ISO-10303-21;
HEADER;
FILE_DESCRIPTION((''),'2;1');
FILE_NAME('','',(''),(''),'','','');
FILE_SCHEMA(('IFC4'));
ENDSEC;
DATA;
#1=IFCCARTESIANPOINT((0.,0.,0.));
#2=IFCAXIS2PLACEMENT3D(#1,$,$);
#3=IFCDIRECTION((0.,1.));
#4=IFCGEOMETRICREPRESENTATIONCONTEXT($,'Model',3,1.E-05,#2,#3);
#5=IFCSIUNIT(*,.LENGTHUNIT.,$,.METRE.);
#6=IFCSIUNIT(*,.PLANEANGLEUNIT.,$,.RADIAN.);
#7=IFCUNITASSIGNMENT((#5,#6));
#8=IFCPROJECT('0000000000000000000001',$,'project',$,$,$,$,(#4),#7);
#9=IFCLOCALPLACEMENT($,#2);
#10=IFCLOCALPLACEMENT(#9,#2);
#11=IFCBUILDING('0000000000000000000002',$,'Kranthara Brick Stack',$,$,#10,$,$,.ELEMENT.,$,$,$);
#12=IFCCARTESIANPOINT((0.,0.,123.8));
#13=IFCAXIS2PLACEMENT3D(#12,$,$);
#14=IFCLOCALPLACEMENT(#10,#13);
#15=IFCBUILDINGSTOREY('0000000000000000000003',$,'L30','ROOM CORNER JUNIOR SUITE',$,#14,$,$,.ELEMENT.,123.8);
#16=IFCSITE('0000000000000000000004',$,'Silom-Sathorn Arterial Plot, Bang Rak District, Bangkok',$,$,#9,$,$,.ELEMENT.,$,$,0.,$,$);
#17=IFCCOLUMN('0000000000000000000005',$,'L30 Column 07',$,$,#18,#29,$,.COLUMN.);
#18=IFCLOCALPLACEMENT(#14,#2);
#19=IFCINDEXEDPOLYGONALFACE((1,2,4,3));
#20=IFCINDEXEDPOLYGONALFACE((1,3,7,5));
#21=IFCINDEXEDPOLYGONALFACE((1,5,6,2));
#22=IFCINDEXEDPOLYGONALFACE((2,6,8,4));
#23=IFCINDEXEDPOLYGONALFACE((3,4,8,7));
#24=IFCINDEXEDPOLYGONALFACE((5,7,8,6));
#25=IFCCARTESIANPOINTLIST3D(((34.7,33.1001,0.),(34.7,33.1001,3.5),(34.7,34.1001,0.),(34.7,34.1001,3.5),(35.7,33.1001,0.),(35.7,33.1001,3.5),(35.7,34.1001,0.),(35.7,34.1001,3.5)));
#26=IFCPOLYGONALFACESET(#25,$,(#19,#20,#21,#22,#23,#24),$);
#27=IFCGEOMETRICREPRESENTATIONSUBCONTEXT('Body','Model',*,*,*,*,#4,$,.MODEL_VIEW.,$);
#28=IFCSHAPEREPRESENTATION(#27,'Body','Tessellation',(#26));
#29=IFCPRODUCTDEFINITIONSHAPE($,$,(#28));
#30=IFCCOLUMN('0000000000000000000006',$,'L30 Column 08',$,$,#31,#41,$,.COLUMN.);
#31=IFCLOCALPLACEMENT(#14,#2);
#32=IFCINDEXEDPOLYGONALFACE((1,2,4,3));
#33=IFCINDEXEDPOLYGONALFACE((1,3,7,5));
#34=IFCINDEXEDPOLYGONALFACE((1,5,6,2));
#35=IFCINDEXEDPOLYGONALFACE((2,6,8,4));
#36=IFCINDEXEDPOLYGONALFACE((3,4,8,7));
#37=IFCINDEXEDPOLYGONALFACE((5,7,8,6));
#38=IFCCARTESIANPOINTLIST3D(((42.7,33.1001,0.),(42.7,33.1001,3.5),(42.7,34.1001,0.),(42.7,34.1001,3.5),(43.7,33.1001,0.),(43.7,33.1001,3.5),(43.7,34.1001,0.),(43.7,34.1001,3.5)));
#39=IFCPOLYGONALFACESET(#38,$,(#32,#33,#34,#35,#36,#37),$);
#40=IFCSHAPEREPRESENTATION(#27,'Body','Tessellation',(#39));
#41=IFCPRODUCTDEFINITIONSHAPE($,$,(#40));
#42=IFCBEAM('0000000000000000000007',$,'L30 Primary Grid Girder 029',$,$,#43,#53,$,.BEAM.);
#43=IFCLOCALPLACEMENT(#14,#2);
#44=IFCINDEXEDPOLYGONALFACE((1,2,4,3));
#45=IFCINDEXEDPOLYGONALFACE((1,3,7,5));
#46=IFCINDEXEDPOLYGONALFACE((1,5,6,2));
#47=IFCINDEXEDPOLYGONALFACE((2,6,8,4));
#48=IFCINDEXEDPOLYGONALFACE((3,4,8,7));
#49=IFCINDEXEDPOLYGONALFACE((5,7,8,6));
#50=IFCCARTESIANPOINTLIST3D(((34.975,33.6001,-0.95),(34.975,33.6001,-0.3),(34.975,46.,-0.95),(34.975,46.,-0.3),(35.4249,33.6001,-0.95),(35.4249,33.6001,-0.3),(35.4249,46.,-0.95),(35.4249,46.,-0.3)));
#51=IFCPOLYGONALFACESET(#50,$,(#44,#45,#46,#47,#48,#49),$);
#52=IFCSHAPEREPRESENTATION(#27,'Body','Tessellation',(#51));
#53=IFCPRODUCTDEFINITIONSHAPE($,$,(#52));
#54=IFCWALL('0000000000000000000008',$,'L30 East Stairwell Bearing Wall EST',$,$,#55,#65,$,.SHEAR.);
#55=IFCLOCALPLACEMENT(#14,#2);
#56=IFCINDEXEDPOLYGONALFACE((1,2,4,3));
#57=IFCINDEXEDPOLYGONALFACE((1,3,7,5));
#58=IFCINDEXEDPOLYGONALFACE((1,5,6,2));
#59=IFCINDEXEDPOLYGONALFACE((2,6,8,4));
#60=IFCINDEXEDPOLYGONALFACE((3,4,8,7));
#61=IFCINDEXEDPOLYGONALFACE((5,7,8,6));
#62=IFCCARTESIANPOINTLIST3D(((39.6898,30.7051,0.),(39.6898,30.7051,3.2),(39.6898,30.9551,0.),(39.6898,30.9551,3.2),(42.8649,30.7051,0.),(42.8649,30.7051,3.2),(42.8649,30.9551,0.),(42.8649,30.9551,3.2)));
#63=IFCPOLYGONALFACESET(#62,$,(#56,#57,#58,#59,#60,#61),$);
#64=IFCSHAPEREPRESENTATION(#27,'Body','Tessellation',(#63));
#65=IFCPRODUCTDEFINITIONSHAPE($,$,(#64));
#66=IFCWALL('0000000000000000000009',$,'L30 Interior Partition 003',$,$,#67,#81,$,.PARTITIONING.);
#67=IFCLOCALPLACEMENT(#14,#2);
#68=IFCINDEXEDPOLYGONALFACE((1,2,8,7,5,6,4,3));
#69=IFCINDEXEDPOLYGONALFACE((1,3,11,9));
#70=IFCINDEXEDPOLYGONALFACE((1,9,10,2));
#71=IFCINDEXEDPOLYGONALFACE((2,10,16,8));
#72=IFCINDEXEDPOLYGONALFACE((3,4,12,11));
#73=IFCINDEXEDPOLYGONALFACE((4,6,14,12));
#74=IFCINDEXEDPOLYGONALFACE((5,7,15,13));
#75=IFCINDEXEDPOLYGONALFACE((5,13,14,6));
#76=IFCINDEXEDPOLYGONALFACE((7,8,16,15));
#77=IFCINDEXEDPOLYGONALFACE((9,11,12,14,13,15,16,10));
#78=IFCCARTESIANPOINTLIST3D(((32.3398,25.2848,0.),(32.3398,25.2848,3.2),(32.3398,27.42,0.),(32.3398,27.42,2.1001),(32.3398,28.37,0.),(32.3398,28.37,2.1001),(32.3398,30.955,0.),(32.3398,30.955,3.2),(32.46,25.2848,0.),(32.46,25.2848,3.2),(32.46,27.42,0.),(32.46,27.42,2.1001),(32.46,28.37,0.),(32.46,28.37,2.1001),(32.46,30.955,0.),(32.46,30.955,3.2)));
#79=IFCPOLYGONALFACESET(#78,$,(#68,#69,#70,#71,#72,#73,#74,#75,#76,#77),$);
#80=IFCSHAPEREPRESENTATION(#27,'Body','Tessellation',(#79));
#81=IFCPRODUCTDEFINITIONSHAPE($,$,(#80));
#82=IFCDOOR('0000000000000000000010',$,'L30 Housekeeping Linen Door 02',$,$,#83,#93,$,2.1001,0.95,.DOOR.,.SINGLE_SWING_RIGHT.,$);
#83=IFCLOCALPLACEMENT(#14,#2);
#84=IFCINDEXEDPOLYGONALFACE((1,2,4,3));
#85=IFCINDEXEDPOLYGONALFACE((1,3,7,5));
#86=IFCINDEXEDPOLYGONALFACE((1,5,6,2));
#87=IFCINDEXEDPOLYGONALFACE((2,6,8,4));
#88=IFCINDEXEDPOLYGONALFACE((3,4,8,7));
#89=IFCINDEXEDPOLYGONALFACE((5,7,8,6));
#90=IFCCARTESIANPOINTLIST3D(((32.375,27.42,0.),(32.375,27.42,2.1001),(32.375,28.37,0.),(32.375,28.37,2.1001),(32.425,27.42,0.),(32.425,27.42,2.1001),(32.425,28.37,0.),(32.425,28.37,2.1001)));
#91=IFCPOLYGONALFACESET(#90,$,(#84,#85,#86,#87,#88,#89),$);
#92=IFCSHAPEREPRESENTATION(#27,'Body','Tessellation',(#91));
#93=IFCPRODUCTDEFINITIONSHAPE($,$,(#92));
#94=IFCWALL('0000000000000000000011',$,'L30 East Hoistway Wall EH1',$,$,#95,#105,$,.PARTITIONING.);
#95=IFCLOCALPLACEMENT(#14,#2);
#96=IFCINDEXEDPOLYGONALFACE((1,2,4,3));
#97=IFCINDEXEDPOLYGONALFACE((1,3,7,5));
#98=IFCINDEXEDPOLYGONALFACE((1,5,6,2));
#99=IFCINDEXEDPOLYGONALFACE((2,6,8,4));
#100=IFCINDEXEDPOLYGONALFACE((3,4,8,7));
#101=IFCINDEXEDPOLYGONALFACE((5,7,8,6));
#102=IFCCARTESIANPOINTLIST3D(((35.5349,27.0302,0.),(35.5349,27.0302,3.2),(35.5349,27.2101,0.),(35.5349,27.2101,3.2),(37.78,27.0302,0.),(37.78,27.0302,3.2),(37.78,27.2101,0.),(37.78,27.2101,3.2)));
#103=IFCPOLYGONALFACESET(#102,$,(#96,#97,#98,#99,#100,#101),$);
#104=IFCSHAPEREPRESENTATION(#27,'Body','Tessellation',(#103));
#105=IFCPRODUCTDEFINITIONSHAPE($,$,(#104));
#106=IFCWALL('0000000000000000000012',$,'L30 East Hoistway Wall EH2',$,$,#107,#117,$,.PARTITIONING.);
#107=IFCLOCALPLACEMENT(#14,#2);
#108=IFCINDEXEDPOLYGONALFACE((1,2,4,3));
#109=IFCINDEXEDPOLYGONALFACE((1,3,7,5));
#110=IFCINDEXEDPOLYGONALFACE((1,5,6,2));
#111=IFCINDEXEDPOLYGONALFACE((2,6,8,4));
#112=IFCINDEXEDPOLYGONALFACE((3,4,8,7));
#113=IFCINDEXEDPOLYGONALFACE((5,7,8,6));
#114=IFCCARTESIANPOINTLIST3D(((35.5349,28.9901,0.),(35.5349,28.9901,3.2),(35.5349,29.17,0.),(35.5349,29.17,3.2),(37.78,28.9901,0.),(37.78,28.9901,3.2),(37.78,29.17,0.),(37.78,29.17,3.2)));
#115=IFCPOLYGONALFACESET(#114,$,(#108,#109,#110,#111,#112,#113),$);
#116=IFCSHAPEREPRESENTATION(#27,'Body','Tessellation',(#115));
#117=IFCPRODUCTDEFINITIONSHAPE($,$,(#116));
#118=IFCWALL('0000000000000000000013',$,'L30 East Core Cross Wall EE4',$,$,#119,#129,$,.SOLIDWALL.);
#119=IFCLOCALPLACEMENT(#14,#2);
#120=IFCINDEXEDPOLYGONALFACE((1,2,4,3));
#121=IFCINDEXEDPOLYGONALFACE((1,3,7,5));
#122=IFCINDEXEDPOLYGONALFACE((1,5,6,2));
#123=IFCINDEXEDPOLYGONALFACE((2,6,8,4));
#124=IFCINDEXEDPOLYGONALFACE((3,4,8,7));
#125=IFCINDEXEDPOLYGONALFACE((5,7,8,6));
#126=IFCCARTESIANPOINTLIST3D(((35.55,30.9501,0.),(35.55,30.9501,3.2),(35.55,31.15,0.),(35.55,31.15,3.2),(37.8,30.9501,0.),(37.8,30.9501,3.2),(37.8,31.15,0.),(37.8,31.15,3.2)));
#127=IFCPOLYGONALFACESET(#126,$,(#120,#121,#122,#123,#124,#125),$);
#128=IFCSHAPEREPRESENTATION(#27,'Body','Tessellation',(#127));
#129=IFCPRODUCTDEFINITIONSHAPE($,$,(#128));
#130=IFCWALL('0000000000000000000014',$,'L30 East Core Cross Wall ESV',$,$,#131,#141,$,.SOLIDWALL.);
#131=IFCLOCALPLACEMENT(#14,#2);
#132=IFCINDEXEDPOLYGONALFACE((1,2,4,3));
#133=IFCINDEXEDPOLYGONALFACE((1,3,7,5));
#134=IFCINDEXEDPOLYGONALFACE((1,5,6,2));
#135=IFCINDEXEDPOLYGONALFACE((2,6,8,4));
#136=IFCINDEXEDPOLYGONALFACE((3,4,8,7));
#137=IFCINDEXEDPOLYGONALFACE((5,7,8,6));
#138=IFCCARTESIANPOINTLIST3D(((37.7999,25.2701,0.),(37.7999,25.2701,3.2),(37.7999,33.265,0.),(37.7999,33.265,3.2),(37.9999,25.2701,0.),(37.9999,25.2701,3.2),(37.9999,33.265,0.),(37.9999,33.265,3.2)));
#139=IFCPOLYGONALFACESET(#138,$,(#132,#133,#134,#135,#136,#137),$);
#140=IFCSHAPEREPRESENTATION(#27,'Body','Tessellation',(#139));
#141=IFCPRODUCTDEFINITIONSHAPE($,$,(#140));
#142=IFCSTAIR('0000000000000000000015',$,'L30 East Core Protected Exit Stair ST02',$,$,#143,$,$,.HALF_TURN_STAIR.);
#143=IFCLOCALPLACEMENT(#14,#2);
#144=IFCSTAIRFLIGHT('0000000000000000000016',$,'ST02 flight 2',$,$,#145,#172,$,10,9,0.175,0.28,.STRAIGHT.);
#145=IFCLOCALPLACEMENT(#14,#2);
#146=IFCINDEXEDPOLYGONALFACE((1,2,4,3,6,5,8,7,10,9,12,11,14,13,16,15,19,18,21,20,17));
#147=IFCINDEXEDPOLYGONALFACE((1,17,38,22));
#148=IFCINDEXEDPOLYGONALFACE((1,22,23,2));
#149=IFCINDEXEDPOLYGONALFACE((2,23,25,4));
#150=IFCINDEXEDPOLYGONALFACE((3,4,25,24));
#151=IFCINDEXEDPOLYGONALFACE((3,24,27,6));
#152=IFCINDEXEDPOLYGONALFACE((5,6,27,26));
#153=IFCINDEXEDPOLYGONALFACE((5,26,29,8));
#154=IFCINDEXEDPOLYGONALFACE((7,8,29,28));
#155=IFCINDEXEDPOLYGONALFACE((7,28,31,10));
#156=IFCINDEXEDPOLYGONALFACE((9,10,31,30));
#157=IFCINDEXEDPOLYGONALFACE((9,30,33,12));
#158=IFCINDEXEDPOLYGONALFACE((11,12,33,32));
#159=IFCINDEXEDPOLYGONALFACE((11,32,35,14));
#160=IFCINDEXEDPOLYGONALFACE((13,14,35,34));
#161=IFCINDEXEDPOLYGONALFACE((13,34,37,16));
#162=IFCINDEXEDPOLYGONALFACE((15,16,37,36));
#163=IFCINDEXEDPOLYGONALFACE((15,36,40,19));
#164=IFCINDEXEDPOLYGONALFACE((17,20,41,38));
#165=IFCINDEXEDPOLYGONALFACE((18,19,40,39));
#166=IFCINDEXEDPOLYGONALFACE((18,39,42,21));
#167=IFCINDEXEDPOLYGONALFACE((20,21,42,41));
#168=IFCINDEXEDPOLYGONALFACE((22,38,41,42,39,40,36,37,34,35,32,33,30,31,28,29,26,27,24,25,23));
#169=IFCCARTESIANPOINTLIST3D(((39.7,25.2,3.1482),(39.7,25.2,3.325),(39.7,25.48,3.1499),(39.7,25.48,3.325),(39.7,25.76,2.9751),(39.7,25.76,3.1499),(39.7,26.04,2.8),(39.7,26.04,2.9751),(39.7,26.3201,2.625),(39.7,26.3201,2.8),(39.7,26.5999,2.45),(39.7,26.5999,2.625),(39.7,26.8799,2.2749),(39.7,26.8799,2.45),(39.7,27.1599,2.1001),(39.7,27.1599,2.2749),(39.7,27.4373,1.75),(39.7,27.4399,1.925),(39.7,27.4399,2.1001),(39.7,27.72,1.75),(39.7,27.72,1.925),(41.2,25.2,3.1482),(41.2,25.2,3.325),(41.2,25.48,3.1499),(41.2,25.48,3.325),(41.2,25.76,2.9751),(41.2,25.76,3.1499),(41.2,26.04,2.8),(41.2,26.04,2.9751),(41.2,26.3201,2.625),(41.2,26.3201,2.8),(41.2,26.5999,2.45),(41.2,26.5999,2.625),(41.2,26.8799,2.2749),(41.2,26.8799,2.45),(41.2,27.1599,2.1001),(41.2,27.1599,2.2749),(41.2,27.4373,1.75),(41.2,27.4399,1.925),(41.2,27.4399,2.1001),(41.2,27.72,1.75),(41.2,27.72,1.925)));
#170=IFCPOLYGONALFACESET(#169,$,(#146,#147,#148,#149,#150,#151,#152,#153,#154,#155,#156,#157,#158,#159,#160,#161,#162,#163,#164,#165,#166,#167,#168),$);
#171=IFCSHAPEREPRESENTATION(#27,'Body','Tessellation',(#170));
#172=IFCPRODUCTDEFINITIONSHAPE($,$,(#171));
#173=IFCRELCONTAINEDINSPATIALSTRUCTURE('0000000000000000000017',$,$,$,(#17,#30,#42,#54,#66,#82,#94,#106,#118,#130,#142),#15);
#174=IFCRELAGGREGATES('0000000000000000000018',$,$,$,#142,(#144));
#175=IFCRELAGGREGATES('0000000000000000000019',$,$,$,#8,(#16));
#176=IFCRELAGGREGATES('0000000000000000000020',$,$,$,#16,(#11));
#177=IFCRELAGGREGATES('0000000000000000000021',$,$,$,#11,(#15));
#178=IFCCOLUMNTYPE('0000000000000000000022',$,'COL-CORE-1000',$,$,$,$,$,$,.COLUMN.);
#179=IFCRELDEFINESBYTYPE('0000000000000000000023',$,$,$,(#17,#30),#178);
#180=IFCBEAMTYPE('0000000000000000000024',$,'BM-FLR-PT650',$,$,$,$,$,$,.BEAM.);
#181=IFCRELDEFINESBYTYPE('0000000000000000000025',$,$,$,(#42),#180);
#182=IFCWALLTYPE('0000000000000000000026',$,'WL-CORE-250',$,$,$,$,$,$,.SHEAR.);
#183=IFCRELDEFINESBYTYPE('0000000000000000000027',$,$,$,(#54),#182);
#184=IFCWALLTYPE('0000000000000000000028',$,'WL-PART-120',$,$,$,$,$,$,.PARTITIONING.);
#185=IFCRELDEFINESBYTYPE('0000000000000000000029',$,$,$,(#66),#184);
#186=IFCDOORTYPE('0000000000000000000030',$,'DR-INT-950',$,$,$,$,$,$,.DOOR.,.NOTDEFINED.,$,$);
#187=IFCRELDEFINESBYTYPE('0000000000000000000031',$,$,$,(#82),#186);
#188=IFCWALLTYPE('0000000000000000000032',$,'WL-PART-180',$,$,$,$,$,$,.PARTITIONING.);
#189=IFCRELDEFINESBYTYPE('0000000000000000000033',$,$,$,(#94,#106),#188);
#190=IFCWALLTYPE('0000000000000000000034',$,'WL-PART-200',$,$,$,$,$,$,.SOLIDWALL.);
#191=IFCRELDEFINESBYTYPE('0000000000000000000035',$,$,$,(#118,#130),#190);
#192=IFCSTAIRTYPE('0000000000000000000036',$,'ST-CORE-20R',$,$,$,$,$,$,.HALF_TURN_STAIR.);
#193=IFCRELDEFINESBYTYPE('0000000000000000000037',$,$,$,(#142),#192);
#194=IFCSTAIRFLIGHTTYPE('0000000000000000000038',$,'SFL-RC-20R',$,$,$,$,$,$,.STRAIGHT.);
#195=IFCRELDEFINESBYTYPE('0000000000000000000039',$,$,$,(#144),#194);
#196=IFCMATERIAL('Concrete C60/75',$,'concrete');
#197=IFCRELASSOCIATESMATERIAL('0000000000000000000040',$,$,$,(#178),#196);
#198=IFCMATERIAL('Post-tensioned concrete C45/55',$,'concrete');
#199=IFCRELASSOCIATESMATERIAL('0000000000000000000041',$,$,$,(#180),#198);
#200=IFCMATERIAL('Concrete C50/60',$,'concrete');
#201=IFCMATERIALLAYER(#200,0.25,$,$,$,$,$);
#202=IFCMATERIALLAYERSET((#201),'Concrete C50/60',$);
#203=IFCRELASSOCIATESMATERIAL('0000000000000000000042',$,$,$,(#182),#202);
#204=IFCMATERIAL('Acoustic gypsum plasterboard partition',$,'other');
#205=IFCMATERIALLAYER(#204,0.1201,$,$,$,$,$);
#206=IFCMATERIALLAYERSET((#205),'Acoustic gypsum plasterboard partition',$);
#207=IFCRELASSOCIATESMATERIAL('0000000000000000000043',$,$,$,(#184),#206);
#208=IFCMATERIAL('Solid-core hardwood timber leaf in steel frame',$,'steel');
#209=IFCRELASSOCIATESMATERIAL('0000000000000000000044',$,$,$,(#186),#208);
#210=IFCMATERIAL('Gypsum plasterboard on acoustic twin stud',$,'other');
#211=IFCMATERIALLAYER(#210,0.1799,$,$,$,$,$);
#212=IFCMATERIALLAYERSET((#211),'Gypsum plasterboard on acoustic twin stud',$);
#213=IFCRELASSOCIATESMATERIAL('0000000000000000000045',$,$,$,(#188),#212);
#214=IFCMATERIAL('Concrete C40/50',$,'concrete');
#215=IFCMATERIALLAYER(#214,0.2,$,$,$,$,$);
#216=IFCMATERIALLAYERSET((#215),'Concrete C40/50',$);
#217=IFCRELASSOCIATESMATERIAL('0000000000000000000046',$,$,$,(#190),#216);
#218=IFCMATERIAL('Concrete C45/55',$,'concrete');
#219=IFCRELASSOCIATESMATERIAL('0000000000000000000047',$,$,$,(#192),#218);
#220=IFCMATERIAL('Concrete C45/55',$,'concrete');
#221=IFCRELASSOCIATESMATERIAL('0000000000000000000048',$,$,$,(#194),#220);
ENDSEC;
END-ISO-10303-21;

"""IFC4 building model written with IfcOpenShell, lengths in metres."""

from ifc_helpers import new_model, si_unit, direction, frame, frame_2d, origin, origin_2d, place, context, subcontext, project, spatial, polyline, rectangle, outline, extrude, material, layer, layer_set, material_profile, profile_set, type_object, element, fill, aggregate, save


model = new_model("IFC4")

# Units and contexts
model_context = context("Model", 3, precision=1e-05, world=origin(), true_north=direction((0.0, 1.0)))
body_context = subcontext(model_context, "Body", "Model", "MODEL_VIEW")
ifc_project = project(units=[si_unit("LENGTHUNIT", "METRE"), si_unit("PLANEANGLEUNIT", "RADIAN")], contexts=[model_context])

# Site, building, storey
site_placement = place(None, origin())
site = spatial("IfcSite", under=ifc_project, at=site_placement, Name="Silom-Sathorn Arterial Plot, Bang Rak District, Bangkok", CompositionType="ELEMENT", RefElevation=0.0)
building_placement = place(site_placement, origin())
building = spatial("IfcBuilding", under=site, at=building_placement, Name="Kranthara Brick Stack", CompositionType="ELEMENT")
storey_placement = place(building_placement, frame((0.0, 0.0, 123.8)))
storey = spatial("IfcBuildingStorey", under=building, at=storey_placement, Name="L30", Description="ROOM CORNER JUNIOR SUITE", CompositionType="ELEMENT", Elevation=123.8)

# Columns
ifc_material_1 = material(Name="Concrete C60/75", Category="concrete")
ifc_material_profile_1 = material_profile(ifc_material_1, rectangle(XDim=1.0, YDim=1.0, at=origin_2d()), Name="RC 1000x1000")
ifc_profile_set_1 = profile_set([ifc_material_profile_1], Name="Concrete C60/75")
column_type = type_object("IfcColumnType", Name="COL-CORE-1000", PredefinedType="COLUMN", material=ifc_profile_set_1)
for number, where, z_axis, x_axis, name in (
    (1, (35.2, 33.6001, 0.0), (0.0, 0.0, 1.0), (1.0, 0.0, 0.0), "L30 Column 07"),
    (2, (43.2, 33.6001, 0.0), (0.0, 0.0, 1.0), (1.0, 0.0, 0.0), "L30 Column 08"),
):
    element("IfcColumn", number, at=place(storey_placement, frame(where, z_axis=z_axis, x_axis=x_axis)), inside=storey, type_object=column_type, Name=name, PredefinedType="COLUMN", context=body_context, shape_type="SweptSolid", body=[
        extrude(rectangle(XDim=1.0, YDim=1.0, at=origin_2d()), origin(), (0.0, 0.0, 1.0), 3.5),
    ])

# Beam
ifc_material_2 = material(Name="Post-tensioned concrete C45/55", Category="concrete")
ifc_material_profile_2 = material_profile(ifc_material_2, rectangle(XDim=0.45, YDim=0.6499, at=origin_2d()), Name="PT 450x650")
ifc_profile_set_2 = profile_set([ifc_material_profile_2], Name="Post-tensioned concrete C45/55")
beam_type = type_object("IfcBeamType", Name="BM-FLR-PT650", PredefinedType="BEAM", material=ifc_profile_set_2)
beam_placement = place(storey_placement, frame((35.2, 33.6001, -0.625), z_axis=(0.0, 1.0, 0.0), x_axis=(-1.0, 0.0, 0.0)))
element("IfcBeam", 3, at=beam_placement, inside=storey, type_object=beam_type, Name="L30 Primary Grid Girder 029", PredefinedType="BEAM", context=body_context, shape_type="SweptSolid", body=[
    extrude(rectangle(XDim=0.45, YDim=0.6499, at=origin_2d()), origin(), (0.0, 0.0, 1.0), 12.3999),
])

# Wall
ifc_material_3 = material(Name="Concrete C50/60", Category="concrete")
ifc_layer_1 = layer(ifc_material_3, 0.25)
ifc_layer_set_1 = layer_set([ifc_layer_1], Name="Concrete C50/60")
wall_type_1 = type_object("IfcWallType", Name="WL-CORE-250", PredefinedType="SHEAR", material=ifc_layer_set_1)
wall_1_placement = place(storey_placement, frame((39.6899, 30.8301, 0.0), z_axis=(0.0, 0.0, 1.0), x_axis=(1.0, 0.0, 0.0)))
element("IfcWall", 4, at=wall_1_placement, inside=storey, type_object=wall_type_1, Name="L30 East Stairwell Bearing Wall EST", PredefinedType="SHEAR", context=body_context, shape_type="SweptSolid", body=[
    extrude(rectangle(XDim=3.175, YDim=0.25, at=frame_2d((1.5874, 0.0))), origin(), (0.0, 0.0, 1.0), 3.2),
])

# Wall, opening, door
ifc_material_4 = material(Name="Acoustic gypsum plasterboard partition", Category="other")
ifc_layer_2 = layer(ifc_material_4, 0.1201)
ifc_layer_set_2 = layer_set([ifc_layer_2], Name="Acoustic gypsum plasterboard partition")
wall_type_2 = type_object("IfcWallType", Name="WL-PART-120", PredefinedType="PARTITIONING", material=ifc_layer_set_2)
wall_2_placement = place(storey_placement, frame((32.3999, 25.2849, 0.0), z_axis=(0.0, 0.0, 1.0), x_axis=(0.0, 1.0, 0.0)))
wall_2 = element("IfcWall", 5, at=wall_2_placement, inside=storey, type_object=wall_type_2, Name="L30 Interior Partition 003", PredefinedType="PARTITIONING", context=body_context, shape_type="SweptSolid", body=[
    extrude(rectangle(XDim=5.6702, YDim=0.1201, at=frame_2d((2.835, 0.0))), origin(), (0.0, 0.0, 1.0), 3.2),
])
opening_1_placement = place(wall_2_placement, frame((2.135, 0.0, 0.0)))
opening_1 = element("IfcOpeningElement", 6, at=opening_1_placement, cuts=wall_2, PredefinedType="OPENING", context=body_context, shape_type="SweptSolid", body=[
    extrude(rectangle(XDim=0.95, YDim=2.1001, at=frame_2d((0.4751, 1.05))), frame((0.0, 0.0701, 0.0), z_axis=(0.0, -1.0, 0.0), x_axis=(1.0, 0.0, 0.0)), (0.0, 0.0, 1.0), 0.1401),
])
ifc_material_5 = material(Name="Solid-core hardwood timber leaf in steel frame", Category="steel")
door_type_1 = type_object("IfcDoorType", Name="DR-INT-950", OperationType="NOTDEFINED", PredefinedType="DOOR", material=ifc_material_5)
door_1_placement = place(opening_1_placement, origin())
door_1 = element("IfcDoor", 7, at=door_1_placement, inside=storey, type_object=door_type_1, Name="L30 Housekeeping Linen Door 02", OperationType="SINGLE_SWING_RIGHT", OverallHeight=2.1001, OverallWidth=0.95, PredefinedType="DOOR", context=body_context, shape_type="SweptSolid", body=[
    extrude(rectangle(XDim=0.95, YDim=2.1001, at=frame_2d((0.4751, 1.05))), frame((0.0, 0.0249, 0.0), z_axis=(0.0, -1.0, 0.0), x_axis=(1.0, 0.0, 0.0)), (0.0, 0.0, 1.0), 0.05),
])
fill(opening_1, door_1)

# Walls
ifc_material_6 = material(Name="Gypsum plasterboard on acoustic twin stud", Category="other")
ifc_layer_3 = layer(ifc_material_6, 0.1799)
ifc_layer_set_3 = layer_set([ifc_layer_3], Name="Gypsum plasterboard on acoustic twin stud")
wall_type_3 = type_object("IfcWallType", Name="WL-PART-180", PredefinedType="PARTITIONING", material=ifc_layer_set_3)
for number, where, z_axis, x_axis, name in (
    (8, (35.5349, 27.1201, 0.0), (0.0, 0.0, 1.0), (1.0, 0.0, 0.0), "L30 East Hoistway Wall EH1"),
    (9, (35.5349, 29.0801, 0.0), (0.0, 0.0, 1.0), (1.0, 0.0, 0.0), "L30 East Hoistway Wall EH2"),
):
    element("IfcWall", number, at=place(storey_placement, frame(where, z_axis=z_axis, x_axis=x_axis)), inside=storey, type_object=wall_type_3, Name=name, PredefinedType="PARTITIONING", context=body_context, shape_type="SweptSolid", body=[
        extrude(rectangle(XDim=2.2451, YDim=0.1799, at=frame_2d((1.1226, 0.0))), origin(), (0.0, 0.0, 1.0), 3.2),
    ])
ifc_material_7 = material(Name="Concrete C40/50", Category="concrete")
ifc_layer_4 = layer(ifc_material_7, 0.2)
ifc_layer_set_4 = layer_set([ifc_layer_4], Name="Concrete C40/50")
wall_type_4 = type_object("IfcWallType", Name="WL-PART-200", PredefinedType="SOLIDWALL", material=ifc_layer_set_4)
wall_3_placement = place(storey_placement, frame((35.55, 31.05, 0.0), z_axis=(0.0, 0.0, 1.0), x_axis=(1.0, 0.0, 0.0)))
element("IfcWall", 10, at=wall_3_placement, inside=storey, type_object=wall_type_4, Name="L30 East Core Cross Wall EE4", PredefinedType="SOLIDWALL", context=body_context, shape_type="SweptSolid", body=[
    extrude(rectangle(XDim=2.25, YDim=0.2, at=frame_2d((1.125, 0.0))), origin(), (0.0, 0.0, 1.0), 3.2),
])
wall_4_placement = place(storey_placement, frame((37.8999, 25.27, 0.0), z_axis=(0.0, 0.0, 1.0), x_axis=(0.0, 1.0, 0.0)))
element("IfcWall", 11, at=wall_4_placement, inside=storey, type_object=wall_type_4, Name="L30 East Core Cross Wall ESV", PredefinedType="SOLIDWALL", context=body_context, shape_type="SweptSolid", body=[
    extrude(rectangle(XDim=7.9949, YDim=0.2, at=frame_2d((3.9976, 0.0))), origin(), (0.0, 0.0, 1.0), 3.2),
])

# Stair, stair flight
ifc_material_8 = material(Name="Concrete C45/55", Category="concrete")
stair_type = type_object("IfcStairType", Name="ST-CORE-20R", PredefinedType="HALF_TURN_STAIR", material=ifc_material_8)
stair_placement = place(storey_placement, origin())
stair = element("IfcStair", 12, at=stair_placement, inside=storey, type_object=stair_type, Name="L30 East Core Protected Exit Stair ST02", PredefinedType="HALF_TURN_STAIR")
ifc_material_9 = material(Name="Concrete C45/55", Category="concrete")
stair_flight_type = type_object("IfcStairFlightType", Name="SFL-RC-20R", PredefinedType="STRAIGHT", material=ifc_material_9)
stair_flight_placement = place(storey_placement, frame((40.45, 27.72, 1.75), z_axis=(0.0, 0.0, 1.0), x_axis=(0.0, -1.0, 0.0)))
stair_flight = element("IfcStairFlight", 13, at=stair_flight_placement, type_object=stair_flight_type, Name="ST02 flight 2", NumberOfRisers=10, NumberOfTreads=9, PredefinedType="STRAIGHT", RiserHeight=0.175, TreadLength=0.28, context=body_context, shape_type="SweptSolid", body=[
    extrude(outline(polyline([(0.0, 0.0), (0.0, 0.175), (0.28, 0.175), (0.28, 0.3501), (0.5601, 0.3501), (0.5601, 0.5249), (0.8401, 0.5249), (0.8401, 0.7), (1.1201, 0.7), (1.1201, 0.875), (1.3999, 0.875), (1.3999, 1.05), (1.6799, 1.05), (1.6799, 1.2251), (1.96, 1.2251), (1.96, 1.3999), (2.24, 1.3999), (2.24, 1.575), (2.52, 1.575), (2.52, 1.75), (2.52, 1.3982), (0.2827, 0.0), (0.0, 0.0)])), frame((0.0, 0.75, 0.0), z_axis=(0.0, -1.0, 0.0), x_axis=(1.0, 0.0, 0.0)), (0.0, 0.0, 1.0), 1.5),
])
aggregate(stair, [stair_flight])

save(model, "model.ifc")
